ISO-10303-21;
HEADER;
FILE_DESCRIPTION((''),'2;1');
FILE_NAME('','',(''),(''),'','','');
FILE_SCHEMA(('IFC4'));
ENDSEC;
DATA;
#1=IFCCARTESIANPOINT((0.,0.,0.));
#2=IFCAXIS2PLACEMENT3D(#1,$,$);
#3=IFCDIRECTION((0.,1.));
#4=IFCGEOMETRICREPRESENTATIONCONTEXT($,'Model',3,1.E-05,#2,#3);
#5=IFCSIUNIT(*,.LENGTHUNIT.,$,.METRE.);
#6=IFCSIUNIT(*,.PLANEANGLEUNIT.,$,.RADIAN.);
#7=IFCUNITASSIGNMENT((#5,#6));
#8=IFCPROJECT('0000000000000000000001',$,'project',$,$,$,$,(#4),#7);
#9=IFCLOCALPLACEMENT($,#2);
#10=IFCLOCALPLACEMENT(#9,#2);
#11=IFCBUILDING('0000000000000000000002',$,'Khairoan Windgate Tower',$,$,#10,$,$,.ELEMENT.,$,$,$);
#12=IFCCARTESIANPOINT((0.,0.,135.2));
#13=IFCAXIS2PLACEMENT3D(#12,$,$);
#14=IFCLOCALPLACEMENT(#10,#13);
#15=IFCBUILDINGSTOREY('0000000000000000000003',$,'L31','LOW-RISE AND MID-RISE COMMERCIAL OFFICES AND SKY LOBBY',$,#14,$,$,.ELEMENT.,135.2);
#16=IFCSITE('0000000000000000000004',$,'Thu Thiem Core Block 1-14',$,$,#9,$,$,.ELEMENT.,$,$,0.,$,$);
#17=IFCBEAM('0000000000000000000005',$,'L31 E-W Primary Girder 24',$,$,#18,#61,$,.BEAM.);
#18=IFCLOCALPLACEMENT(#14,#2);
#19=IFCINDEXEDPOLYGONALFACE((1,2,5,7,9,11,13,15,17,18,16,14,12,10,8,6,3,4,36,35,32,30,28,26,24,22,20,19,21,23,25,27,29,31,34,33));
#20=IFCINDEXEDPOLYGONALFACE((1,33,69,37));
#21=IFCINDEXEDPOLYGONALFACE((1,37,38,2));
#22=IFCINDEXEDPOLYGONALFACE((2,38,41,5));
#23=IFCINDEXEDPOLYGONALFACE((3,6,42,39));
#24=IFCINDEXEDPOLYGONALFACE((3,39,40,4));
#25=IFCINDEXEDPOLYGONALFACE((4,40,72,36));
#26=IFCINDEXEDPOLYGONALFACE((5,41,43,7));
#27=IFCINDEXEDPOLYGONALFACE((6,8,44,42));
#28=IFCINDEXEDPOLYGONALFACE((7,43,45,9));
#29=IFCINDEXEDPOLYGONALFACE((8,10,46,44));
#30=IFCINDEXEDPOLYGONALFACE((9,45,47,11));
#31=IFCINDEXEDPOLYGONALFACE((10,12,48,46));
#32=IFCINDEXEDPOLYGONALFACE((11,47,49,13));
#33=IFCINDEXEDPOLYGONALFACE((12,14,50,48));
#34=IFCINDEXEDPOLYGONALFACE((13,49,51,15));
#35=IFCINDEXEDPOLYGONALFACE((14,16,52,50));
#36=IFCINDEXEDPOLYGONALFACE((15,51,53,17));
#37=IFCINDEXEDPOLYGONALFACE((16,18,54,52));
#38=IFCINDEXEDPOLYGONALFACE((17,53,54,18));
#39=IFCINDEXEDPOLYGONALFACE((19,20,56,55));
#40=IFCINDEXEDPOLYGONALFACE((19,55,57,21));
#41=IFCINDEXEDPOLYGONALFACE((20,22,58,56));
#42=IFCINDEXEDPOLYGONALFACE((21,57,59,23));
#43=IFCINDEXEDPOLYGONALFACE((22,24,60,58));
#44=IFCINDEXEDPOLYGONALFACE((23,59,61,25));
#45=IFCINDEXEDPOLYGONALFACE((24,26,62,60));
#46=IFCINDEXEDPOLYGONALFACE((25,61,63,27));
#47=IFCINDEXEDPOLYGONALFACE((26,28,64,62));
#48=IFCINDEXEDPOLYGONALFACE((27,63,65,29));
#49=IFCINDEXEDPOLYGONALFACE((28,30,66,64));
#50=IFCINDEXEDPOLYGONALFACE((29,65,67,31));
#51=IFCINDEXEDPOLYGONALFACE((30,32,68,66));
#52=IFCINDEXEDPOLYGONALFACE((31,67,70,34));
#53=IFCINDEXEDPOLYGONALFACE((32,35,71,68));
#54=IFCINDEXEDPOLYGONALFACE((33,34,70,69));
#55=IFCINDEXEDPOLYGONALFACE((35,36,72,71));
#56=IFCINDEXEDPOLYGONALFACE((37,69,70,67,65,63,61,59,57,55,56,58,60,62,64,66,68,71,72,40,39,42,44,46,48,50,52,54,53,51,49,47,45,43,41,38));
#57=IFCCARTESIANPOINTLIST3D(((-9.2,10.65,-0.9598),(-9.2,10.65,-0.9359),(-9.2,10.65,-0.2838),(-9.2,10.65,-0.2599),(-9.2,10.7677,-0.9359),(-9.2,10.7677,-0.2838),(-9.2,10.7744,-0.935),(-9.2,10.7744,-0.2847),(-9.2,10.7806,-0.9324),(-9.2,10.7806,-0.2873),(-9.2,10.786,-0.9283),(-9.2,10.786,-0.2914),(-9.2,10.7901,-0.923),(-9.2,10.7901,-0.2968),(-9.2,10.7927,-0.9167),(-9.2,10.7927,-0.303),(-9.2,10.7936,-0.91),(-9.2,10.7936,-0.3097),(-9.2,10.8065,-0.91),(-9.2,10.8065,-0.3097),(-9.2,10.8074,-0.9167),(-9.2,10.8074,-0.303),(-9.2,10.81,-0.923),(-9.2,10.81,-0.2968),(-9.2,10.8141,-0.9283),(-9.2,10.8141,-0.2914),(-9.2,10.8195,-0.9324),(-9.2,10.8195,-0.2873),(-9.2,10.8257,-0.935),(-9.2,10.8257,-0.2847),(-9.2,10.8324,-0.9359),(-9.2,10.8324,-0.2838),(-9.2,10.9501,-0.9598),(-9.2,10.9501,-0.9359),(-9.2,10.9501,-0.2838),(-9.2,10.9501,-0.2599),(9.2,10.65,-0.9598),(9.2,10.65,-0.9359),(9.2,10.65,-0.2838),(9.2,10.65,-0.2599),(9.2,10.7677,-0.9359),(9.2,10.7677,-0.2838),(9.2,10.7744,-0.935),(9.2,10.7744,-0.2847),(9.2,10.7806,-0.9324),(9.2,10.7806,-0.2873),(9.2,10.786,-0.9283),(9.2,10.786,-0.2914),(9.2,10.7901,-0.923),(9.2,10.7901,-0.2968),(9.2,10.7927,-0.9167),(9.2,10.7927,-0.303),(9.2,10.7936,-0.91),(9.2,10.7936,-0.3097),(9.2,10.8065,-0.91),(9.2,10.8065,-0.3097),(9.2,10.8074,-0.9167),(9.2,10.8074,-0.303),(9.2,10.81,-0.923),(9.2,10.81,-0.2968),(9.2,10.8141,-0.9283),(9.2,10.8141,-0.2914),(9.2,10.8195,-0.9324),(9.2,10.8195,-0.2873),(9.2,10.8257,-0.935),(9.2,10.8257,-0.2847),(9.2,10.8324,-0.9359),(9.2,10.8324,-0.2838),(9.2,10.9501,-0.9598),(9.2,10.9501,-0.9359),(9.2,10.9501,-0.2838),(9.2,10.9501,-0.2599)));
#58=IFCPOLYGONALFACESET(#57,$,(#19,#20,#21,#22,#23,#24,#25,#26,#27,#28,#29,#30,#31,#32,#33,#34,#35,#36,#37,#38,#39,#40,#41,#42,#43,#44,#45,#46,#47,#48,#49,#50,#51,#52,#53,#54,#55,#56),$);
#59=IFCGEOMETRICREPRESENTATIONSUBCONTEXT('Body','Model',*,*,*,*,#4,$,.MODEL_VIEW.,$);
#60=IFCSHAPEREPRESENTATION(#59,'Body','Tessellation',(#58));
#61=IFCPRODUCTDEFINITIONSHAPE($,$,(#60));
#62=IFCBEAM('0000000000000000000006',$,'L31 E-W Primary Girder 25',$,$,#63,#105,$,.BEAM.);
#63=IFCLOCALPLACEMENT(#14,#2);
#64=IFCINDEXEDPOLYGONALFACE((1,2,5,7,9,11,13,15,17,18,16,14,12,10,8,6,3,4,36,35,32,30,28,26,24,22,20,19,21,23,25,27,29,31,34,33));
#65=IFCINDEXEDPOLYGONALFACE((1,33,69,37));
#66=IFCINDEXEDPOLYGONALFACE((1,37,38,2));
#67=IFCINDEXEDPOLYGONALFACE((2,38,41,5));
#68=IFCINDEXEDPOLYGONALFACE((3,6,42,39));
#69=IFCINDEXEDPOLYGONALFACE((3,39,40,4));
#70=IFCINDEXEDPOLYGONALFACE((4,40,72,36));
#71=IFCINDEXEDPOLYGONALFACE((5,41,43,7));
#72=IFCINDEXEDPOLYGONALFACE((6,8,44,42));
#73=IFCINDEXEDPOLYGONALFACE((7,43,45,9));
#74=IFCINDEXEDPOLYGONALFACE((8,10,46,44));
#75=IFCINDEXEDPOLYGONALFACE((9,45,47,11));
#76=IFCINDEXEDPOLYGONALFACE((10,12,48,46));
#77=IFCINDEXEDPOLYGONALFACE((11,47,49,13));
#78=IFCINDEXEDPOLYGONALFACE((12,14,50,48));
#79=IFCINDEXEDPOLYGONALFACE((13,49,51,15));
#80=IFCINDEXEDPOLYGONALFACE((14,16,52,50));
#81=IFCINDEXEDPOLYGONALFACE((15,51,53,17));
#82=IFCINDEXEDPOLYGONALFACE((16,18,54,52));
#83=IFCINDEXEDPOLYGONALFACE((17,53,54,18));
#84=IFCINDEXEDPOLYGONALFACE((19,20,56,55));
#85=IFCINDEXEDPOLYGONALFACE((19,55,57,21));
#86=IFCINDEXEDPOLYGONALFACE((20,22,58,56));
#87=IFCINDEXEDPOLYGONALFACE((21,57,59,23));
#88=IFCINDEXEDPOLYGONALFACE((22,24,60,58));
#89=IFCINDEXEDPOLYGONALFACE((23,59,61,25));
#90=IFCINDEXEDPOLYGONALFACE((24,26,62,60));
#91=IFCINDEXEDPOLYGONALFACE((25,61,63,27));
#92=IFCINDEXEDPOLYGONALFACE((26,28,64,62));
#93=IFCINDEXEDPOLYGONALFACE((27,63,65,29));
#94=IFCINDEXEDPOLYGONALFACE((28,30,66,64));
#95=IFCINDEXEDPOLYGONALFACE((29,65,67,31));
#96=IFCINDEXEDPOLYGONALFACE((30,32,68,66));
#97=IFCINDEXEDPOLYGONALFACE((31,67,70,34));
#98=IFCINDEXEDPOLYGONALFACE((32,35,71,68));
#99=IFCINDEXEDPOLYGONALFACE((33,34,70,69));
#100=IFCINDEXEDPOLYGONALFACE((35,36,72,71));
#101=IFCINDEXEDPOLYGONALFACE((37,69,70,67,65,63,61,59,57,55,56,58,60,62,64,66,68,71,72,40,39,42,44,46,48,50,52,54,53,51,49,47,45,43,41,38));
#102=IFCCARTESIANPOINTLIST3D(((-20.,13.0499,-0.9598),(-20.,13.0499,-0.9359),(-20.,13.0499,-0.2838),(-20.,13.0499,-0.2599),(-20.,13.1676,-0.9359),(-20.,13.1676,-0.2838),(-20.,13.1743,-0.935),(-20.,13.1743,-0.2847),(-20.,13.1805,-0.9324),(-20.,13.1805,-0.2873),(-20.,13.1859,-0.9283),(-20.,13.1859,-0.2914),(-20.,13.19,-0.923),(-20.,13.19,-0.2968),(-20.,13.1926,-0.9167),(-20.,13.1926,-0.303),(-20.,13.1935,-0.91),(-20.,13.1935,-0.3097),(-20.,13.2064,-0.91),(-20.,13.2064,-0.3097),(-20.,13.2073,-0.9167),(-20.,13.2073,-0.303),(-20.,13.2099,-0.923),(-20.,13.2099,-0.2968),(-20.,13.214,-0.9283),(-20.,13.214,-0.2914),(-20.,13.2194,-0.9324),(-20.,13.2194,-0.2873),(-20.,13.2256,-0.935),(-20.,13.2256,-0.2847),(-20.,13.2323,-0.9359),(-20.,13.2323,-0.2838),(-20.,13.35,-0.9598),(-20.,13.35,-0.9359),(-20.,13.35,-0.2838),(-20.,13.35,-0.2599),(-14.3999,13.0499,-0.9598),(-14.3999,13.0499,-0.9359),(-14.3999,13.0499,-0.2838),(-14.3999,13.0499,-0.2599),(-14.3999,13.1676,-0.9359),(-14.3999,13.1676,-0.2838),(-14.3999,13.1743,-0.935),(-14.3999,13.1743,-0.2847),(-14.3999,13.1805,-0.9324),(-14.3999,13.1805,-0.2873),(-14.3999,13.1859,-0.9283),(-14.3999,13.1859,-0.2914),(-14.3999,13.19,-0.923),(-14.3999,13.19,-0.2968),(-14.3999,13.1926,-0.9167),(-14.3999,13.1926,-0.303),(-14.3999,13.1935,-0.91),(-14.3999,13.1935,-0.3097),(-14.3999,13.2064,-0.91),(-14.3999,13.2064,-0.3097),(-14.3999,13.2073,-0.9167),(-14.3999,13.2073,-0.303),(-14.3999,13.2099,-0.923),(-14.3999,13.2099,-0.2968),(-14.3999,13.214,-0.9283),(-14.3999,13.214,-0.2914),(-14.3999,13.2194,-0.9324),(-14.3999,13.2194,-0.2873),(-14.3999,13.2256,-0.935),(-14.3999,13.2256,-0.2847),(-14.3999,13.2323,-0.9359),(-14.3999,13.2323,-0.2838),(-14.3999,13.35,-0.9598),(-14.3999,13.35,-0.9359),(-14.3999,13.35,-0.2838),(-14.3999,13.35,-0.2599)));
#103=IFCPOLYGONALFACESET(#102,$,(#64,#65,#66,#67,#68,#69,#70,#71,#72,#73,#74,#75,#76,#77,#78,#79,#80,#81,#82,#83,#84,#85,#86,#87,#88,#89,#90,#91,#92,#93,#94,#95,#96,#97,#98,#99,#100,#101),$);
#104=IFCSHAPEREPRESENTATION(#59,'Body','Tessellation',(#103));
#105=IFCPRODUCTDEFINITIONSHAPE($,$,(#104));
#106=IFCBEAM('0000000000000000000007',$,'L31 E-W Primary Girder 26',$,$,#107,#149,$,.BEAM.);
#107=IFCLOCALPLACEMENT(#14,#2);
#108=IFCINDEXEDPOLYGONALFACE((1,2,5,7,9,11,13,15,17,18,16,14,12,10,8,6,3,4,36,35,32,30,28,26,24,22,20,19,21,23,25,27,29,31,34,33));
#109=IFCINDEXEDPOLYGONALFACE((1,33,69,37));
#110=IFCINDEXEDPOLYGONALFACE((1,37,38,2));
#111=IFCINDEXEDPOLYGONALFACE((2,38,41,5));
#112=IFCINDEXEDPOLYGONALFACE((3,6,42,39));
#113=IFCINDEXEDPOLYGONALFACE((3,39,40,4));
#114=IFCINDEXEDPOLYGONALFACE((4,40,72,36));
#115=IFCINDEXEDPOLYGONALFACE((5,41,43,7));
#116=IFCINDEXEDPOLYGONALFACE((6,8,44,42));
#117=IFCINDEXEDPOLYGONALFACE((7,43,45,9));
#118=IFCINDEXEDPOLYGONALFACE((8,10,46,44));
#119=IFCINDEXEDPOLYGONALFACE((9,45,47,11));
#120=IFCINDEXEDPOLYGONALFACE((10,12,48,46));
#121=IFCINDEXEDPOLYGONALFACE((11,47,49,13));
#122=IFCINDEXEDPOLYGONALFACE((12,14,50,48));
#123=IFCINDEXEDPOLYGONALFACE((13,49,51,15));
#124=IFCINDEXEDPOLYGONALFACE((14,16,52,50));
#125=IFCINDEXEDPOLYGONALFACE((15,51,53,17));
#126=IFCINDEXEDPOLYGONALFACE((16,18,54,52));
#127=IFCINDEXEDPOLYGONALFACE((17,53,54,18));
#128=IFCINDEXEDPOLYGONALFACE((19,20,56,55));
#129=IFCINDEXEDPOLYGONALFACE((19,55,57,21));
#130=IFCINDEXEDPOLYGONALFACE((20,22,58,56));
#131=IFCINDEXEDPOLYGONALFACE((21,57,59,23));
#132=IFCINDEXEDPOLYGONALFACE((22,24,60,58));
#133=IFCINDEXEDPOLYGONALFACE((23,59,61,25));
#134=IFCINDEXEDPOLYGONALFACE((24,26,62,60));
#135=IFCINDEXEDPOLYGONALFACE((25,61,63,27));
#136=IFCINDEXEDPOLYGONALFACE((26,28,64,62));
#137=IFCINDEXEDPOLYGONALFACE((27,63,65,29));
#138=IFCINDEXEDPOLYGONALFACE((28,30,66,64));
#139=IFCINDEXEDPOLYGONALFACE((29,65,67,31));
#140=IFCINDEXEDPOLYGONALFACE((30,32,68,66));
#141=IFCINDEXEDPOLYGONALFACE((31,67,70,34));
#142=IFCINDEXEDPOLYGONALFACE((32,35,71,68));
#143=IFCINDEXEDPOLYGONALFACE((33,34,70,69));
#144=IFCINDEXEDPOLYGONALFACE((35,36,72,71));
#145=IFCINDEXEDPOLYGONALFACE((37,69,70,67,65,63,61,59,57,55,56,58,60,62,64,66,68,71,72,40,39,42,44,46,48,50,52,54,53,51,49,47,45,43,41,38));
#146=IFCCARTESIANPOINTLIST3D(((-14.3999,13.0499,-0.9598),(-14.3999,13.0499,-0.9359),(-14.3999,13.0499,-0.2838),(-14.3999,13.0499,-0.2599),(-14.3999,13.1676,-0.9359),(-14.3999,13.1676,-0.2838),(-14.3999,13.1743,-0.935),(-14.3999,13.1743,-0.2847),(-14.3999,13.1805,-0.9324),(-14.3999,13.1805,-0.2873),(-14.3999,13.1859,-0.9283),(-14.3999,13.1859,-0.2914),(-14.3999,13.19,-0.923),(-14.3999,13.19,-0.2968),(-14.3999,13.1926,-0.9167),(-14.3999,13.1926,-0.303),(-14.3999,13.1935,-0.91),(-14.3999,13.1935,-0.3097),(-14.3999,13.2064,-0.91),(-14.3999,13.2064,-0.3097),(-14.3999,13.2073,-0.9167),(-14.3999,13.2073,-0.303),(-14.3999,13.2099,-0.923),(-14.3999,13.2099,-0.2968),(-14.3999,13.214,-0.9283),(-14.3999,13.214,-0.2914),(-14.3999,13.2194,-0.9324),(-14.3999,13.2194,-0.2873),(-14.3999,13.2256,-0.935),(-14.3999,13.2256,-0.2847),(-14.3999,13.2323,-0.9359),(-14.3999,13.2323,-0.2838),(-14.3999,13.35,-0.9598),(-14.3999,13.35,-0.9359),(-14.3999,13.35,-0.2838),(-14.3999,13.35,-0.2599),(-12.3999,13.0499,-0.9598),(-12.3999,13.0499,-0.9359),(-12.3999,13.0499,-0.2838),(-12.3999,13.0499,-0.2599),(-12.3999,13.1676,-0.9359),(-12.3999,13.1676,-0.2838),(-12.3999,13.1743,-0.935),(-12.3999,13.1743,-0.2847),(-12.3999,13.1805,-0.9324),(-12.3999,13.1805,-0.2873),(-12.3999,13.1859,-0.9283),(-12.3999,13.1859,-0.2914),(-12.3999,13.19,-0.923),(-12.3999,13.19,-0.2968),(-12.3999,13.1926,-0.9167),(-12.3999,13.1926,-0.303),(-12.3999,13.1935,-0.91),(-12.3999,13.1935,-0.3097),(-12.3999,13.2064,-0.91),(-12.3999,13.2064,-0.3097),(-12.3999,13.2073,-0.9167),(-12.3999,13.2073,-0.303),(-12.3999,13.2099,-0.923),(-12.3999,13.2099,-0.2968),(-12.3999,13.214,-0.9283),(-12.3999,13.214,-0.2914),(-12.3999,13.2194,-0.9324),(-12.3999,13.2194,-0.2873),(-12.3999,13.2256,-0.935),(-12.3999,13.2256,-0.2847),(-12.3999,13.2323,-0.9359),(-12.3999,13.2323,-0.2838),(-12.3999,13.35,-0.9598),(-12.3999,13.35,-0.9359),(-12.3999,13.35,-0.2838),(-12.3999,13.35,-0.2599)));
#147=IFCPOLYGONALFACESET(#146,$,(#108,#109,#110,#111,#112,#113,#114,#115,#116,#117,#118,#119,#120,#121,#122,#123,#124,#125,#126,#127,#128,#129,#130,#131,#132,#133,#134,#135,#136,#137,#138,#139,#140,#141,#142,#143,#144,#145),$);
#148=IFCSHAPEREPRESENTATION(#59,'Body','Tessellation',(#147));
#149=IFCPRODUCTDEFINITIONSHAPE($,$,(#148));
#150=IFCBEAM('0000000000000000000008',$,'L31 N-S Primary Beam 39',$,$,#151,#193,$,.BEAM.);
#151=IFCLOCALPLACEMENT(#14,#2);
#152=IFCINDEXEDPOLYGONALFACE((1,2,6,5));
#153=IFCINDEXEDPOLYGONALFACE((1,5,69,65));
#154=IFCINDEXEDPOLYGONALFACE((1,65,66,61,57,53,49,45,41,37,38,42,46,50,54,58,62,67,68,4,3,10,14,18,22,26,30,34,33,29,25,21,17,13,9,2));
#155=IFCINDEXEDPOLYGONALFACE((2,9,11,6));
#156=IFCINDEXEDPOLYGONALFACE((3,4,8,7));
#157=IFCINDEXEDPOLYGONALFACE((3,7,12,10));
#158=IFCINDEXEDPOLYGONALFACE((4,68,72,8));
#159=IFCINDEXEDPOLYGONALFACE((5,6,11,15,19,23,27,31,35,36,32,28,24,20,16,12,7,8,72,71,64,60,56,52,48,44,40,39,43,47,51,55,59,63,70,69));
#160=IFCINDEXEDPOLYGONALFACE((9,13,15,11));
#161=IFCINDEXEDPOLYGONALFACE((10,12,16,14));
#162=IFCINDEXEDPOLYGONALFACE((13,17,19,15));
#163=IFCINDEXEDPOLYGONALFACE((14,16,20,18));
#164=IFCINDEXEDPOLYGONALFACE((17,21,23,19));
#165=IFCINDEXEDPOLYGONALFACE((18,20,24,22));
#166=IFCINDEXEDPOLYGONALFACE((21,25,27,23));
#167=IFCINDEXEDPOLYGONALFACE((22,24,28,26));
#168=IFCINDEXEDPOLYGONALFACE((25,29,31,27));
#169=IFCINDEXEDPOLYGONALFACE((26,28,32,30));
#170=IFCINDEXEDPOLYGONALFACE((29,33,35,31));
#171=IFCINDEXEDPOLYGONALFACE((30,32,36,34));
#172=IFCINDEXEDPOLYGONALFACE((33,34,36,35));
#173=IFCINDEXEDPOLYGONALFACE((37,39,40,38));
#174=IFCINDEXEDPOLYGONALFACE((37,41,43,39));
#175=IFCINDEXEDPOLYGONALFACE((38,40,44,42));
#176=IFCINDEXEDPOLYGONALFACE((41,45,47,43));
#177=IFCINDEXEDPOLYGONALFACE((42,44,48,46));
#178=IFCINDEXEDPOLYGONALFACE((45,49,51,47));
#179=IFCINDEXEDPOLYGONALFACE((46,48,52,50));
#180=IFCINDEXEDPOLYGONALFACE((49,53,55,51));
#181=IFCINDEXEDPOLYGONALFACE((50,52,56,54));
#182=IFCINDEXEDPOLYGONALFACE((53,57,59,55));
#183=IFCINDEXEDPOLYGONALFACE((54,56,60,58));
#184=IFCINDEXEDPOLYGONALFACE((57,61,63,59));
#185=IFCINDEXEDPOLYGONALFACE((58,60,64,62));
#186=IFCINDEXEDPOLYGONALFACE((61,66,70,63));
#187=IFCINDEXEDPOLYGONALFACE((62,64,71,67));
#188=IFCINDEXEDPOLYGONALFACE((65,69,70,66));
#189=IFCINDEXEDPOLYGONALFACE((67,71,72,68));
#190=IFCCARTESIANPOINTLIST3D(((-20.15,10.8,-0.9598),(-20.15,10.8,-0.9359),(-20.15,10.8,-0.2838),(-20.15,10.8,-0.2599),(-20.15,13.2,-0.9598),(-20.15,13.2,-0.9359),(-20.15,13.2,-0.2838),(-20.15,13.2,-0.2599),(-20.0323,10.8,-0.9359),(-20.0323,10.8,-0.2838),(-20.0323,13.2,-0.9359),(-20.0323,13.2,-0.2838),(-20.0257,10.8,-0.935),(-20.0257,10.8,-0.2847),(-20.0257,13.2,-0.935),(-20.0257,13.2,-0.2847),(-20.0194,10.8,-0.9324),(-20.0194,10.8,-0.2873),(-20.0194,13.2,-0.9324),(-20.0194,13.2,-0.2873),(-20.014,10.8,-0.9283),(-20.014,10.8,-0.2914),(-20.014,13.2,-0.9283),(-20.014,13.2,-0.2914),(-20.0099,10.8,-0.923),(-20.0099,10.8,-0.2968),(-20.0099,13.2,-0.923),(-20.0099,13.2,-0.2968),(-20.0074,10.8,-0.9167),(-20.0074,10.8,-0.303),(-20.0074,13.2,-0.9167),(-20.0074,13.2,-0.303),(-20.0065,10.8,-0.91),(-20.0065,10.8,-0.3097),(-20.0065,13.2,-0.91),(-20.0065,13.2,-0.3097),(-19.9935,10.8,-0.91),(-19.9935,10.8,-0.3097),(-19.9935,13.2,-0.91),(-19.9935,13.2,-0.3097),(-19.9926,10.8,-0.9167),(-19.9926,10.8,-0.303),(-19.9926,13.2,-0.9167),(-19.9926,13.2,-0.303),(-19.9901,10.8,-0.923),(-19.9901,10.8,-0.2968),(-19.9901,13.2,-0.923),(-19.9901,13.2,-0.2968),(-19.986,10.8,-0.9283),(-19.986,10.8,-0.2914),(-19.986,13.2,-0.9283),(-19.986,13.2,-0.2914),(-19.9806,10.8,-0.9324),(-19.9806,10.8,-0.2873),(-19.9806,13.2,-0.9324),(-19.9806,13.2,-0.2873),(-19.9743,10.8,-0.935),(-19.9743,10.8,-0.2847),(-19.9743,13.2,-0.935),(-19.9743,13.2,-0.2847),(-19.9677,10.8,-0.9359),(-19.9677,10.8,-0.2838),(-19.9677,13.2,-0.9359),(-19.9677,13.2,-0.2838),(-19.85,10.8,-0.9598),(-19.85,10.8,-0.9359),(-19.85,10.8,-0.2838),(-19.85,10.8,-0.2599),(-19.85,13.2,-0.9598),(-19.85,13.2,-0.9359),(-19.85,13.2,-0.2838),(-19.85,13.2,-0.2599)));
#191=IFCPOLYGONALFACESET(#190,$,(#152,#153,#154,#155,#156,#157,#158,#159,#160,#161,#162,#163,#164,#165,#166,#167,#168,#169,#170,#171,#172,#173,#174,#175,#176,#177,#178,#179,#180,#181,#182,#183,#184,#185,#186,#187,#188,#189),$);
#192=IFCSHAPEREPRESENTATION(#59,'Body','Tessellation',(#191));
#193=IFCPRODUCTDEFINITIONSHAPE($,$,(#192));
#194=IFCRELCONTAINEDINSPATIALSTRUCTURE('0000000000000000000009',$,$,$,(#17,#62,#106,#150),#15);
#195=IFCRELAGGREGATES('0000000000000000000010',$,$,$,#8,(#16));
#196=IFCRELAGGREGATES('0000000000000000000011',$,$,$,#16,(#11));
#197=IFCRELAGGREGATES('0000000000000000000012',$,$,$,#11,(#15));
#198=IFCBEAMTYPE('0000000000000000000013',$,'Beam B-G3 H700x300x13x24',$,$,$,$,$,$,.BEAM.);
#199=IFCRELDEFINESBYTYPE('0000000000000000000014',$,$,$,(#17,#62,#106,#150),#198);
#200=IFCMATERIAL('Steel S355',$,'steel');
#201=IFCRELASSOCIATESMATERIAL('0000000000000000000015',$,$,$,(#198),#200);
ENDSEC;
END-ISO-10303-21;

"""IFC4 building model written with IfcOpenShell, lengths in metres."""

from ifc_helpers import new_model, si_unit, direction, frame, origin, origin_2d, place, context, subcontext, project, spatial, i_section, extrude, material, material_profile, profile_set, type_object, element, save


model = new_model("IFC4")

# Units and contexts
model_context = context("Model", 3, precision=1e-05, world=origin(), true_north=direction((0.0, 1.0)))
body_context = subcontext(model_context, "Body", "Model", "MODEL_VIEW")
ifc_project = project(units=[si_unit("LENGTHUNIT", "METRE"), si_unit("PLANEANGLEUNIT", "RADIAN")], contexts=[model_context])

# Site, building, storey
site_placement = place(None, origin())
site = spatial("IfcSite", under=ifc_project, at=site_placement, Name="Thu Thiem Core Block 1-14", CompositionType="ELEMENT", RefElevation=0.0)
building_placement = place(site_placement, origin())
building = spatial("IfcBuilding", under=site, at=building_placement, Name="Khairoan Windgate Tower", CompositionType="ELEMENT")
storey_placement = place(building_placement, frame((0.0, 0.0, 135.2)))
storey = spatial("IfcBuildingStorey", under=building, at=storey_placement, Name="L31", Description="LOW-RISE AND MID-RISE COMMERCIAL OFFICES AND SKY LOBBY", CompositionType="ELEMENT", Elevation=135.2)

# Beams
ifc_material_1 = material(Name="Steel S355", Category="steel")
ifc_material_profile_1 = material_profile(ifc_material_1, i_section(OverallWidth=0.3, OverallDepth=0.7, WebThickness=0.0129, FlangeThickness=0.0239, FilletRadius=0.0259, at=origin_2d()))
ifc_profile_set_1 = profile_set([ifc_material_profile_1], Name="Steel S355")
beam_type_1 = type_object("IfcBeamType", Name="Beam B-G3 H700x300x13x24", PredefinedType="BEAM", material=ifc_profile_set_1)
beam_1_placement = place(storey_placement, frame((-9.2, 10.8, -0.6099), z_axis=(1.0, 0.0, 0.0), x_axis=(0.0, 1.0, 0.0)))
element("IfcBeam", 1, at=beam_1_placement, inside=storey, type_object=beam_type_1, Name="L31 E-W Primary Girder 24", PredefinedType="BEAM", context=body_context, shape_type="SweptSolid", body=[
    extrude(i_section(OverallWidth=0.3, OverallDepth=0.7, WebThickness=0.0129, FlangeThickness=0.0239, FilletRadius=0.0259, at=origin_2d()), origin(), (0.0, 0.0, 1.0), 18.3999),
])
beam_2_placement = place(storey_placement, frame((-20.0, 13.2, -0.6099), z_axis=(1.0, 0.0, 0.0), x_axis=(0.0, 1.0, 0.0)))
element("IfcBeam", 2, at=beam_2_placement, inside=storey, type_object=beam_type_1, Name="L31 E-W Primary Girder 25", PredefinedType="BEAM", context=body_context, shape_type="SweptSolid", body=[
    extrude(i_section(OverallWidth=0.3, OverallDepth=0.7, WebThickness=0.0129, FlangeThickness=0.0239, FilletRadius=0.0259, at=origin_2d()), origin(), (0.0, 0.0, 1.0), 5.6001),
])
beam_3_placement = place(storey_placement, frame((-14.3999, 13.2, -0.6099), z_axis=(1.0, 0.0, 0.0), x_axis=(0.0, 1.0, 0.0)))
element("IfcBeam", 3, at=beam_3_placement, inside=storey, type_object=beam_type_1, Name="L31 E-W Primary Girder 26", PredefinedType="BEAM", context=body_context, shape_type="SweptSolid", body=[
    extrude(i_section(OverallWidth=0.3, OverallDepth=0.7, WebThickness=0.0129, FlangeThickness=0.0239, FilletRadius=0.0259, at=origin_2d()), origin(), (0.0, 0.0, 1.0), 2.0),
])
beam_4_placement = place(storey_placement, frame((-20.0, 10.8, -0.6099), z_axis=(0.0, 1.0, 0.0), x_axis=(-1.0, 0.0, 0.0)))
element("IfcBeam", 4, at=beam_4_placement, inside=storey, type_object=beam_type_1, Name="L31 N-S Primary Beam 39", PredefinedType="BEAM", context=body_context, shape_type="SweptSolid", body=[
    extrude(i_section(OverallWidth=0.3, OverallDepth=0.7, WebThickness=0.0129, FlangeThickness=0.0239, FilletRadius=0.0259, at=origin_2d()), origin(), (0.0, 0.0, 1.0), 2.3999),
])

save(model, "model.ifc")
